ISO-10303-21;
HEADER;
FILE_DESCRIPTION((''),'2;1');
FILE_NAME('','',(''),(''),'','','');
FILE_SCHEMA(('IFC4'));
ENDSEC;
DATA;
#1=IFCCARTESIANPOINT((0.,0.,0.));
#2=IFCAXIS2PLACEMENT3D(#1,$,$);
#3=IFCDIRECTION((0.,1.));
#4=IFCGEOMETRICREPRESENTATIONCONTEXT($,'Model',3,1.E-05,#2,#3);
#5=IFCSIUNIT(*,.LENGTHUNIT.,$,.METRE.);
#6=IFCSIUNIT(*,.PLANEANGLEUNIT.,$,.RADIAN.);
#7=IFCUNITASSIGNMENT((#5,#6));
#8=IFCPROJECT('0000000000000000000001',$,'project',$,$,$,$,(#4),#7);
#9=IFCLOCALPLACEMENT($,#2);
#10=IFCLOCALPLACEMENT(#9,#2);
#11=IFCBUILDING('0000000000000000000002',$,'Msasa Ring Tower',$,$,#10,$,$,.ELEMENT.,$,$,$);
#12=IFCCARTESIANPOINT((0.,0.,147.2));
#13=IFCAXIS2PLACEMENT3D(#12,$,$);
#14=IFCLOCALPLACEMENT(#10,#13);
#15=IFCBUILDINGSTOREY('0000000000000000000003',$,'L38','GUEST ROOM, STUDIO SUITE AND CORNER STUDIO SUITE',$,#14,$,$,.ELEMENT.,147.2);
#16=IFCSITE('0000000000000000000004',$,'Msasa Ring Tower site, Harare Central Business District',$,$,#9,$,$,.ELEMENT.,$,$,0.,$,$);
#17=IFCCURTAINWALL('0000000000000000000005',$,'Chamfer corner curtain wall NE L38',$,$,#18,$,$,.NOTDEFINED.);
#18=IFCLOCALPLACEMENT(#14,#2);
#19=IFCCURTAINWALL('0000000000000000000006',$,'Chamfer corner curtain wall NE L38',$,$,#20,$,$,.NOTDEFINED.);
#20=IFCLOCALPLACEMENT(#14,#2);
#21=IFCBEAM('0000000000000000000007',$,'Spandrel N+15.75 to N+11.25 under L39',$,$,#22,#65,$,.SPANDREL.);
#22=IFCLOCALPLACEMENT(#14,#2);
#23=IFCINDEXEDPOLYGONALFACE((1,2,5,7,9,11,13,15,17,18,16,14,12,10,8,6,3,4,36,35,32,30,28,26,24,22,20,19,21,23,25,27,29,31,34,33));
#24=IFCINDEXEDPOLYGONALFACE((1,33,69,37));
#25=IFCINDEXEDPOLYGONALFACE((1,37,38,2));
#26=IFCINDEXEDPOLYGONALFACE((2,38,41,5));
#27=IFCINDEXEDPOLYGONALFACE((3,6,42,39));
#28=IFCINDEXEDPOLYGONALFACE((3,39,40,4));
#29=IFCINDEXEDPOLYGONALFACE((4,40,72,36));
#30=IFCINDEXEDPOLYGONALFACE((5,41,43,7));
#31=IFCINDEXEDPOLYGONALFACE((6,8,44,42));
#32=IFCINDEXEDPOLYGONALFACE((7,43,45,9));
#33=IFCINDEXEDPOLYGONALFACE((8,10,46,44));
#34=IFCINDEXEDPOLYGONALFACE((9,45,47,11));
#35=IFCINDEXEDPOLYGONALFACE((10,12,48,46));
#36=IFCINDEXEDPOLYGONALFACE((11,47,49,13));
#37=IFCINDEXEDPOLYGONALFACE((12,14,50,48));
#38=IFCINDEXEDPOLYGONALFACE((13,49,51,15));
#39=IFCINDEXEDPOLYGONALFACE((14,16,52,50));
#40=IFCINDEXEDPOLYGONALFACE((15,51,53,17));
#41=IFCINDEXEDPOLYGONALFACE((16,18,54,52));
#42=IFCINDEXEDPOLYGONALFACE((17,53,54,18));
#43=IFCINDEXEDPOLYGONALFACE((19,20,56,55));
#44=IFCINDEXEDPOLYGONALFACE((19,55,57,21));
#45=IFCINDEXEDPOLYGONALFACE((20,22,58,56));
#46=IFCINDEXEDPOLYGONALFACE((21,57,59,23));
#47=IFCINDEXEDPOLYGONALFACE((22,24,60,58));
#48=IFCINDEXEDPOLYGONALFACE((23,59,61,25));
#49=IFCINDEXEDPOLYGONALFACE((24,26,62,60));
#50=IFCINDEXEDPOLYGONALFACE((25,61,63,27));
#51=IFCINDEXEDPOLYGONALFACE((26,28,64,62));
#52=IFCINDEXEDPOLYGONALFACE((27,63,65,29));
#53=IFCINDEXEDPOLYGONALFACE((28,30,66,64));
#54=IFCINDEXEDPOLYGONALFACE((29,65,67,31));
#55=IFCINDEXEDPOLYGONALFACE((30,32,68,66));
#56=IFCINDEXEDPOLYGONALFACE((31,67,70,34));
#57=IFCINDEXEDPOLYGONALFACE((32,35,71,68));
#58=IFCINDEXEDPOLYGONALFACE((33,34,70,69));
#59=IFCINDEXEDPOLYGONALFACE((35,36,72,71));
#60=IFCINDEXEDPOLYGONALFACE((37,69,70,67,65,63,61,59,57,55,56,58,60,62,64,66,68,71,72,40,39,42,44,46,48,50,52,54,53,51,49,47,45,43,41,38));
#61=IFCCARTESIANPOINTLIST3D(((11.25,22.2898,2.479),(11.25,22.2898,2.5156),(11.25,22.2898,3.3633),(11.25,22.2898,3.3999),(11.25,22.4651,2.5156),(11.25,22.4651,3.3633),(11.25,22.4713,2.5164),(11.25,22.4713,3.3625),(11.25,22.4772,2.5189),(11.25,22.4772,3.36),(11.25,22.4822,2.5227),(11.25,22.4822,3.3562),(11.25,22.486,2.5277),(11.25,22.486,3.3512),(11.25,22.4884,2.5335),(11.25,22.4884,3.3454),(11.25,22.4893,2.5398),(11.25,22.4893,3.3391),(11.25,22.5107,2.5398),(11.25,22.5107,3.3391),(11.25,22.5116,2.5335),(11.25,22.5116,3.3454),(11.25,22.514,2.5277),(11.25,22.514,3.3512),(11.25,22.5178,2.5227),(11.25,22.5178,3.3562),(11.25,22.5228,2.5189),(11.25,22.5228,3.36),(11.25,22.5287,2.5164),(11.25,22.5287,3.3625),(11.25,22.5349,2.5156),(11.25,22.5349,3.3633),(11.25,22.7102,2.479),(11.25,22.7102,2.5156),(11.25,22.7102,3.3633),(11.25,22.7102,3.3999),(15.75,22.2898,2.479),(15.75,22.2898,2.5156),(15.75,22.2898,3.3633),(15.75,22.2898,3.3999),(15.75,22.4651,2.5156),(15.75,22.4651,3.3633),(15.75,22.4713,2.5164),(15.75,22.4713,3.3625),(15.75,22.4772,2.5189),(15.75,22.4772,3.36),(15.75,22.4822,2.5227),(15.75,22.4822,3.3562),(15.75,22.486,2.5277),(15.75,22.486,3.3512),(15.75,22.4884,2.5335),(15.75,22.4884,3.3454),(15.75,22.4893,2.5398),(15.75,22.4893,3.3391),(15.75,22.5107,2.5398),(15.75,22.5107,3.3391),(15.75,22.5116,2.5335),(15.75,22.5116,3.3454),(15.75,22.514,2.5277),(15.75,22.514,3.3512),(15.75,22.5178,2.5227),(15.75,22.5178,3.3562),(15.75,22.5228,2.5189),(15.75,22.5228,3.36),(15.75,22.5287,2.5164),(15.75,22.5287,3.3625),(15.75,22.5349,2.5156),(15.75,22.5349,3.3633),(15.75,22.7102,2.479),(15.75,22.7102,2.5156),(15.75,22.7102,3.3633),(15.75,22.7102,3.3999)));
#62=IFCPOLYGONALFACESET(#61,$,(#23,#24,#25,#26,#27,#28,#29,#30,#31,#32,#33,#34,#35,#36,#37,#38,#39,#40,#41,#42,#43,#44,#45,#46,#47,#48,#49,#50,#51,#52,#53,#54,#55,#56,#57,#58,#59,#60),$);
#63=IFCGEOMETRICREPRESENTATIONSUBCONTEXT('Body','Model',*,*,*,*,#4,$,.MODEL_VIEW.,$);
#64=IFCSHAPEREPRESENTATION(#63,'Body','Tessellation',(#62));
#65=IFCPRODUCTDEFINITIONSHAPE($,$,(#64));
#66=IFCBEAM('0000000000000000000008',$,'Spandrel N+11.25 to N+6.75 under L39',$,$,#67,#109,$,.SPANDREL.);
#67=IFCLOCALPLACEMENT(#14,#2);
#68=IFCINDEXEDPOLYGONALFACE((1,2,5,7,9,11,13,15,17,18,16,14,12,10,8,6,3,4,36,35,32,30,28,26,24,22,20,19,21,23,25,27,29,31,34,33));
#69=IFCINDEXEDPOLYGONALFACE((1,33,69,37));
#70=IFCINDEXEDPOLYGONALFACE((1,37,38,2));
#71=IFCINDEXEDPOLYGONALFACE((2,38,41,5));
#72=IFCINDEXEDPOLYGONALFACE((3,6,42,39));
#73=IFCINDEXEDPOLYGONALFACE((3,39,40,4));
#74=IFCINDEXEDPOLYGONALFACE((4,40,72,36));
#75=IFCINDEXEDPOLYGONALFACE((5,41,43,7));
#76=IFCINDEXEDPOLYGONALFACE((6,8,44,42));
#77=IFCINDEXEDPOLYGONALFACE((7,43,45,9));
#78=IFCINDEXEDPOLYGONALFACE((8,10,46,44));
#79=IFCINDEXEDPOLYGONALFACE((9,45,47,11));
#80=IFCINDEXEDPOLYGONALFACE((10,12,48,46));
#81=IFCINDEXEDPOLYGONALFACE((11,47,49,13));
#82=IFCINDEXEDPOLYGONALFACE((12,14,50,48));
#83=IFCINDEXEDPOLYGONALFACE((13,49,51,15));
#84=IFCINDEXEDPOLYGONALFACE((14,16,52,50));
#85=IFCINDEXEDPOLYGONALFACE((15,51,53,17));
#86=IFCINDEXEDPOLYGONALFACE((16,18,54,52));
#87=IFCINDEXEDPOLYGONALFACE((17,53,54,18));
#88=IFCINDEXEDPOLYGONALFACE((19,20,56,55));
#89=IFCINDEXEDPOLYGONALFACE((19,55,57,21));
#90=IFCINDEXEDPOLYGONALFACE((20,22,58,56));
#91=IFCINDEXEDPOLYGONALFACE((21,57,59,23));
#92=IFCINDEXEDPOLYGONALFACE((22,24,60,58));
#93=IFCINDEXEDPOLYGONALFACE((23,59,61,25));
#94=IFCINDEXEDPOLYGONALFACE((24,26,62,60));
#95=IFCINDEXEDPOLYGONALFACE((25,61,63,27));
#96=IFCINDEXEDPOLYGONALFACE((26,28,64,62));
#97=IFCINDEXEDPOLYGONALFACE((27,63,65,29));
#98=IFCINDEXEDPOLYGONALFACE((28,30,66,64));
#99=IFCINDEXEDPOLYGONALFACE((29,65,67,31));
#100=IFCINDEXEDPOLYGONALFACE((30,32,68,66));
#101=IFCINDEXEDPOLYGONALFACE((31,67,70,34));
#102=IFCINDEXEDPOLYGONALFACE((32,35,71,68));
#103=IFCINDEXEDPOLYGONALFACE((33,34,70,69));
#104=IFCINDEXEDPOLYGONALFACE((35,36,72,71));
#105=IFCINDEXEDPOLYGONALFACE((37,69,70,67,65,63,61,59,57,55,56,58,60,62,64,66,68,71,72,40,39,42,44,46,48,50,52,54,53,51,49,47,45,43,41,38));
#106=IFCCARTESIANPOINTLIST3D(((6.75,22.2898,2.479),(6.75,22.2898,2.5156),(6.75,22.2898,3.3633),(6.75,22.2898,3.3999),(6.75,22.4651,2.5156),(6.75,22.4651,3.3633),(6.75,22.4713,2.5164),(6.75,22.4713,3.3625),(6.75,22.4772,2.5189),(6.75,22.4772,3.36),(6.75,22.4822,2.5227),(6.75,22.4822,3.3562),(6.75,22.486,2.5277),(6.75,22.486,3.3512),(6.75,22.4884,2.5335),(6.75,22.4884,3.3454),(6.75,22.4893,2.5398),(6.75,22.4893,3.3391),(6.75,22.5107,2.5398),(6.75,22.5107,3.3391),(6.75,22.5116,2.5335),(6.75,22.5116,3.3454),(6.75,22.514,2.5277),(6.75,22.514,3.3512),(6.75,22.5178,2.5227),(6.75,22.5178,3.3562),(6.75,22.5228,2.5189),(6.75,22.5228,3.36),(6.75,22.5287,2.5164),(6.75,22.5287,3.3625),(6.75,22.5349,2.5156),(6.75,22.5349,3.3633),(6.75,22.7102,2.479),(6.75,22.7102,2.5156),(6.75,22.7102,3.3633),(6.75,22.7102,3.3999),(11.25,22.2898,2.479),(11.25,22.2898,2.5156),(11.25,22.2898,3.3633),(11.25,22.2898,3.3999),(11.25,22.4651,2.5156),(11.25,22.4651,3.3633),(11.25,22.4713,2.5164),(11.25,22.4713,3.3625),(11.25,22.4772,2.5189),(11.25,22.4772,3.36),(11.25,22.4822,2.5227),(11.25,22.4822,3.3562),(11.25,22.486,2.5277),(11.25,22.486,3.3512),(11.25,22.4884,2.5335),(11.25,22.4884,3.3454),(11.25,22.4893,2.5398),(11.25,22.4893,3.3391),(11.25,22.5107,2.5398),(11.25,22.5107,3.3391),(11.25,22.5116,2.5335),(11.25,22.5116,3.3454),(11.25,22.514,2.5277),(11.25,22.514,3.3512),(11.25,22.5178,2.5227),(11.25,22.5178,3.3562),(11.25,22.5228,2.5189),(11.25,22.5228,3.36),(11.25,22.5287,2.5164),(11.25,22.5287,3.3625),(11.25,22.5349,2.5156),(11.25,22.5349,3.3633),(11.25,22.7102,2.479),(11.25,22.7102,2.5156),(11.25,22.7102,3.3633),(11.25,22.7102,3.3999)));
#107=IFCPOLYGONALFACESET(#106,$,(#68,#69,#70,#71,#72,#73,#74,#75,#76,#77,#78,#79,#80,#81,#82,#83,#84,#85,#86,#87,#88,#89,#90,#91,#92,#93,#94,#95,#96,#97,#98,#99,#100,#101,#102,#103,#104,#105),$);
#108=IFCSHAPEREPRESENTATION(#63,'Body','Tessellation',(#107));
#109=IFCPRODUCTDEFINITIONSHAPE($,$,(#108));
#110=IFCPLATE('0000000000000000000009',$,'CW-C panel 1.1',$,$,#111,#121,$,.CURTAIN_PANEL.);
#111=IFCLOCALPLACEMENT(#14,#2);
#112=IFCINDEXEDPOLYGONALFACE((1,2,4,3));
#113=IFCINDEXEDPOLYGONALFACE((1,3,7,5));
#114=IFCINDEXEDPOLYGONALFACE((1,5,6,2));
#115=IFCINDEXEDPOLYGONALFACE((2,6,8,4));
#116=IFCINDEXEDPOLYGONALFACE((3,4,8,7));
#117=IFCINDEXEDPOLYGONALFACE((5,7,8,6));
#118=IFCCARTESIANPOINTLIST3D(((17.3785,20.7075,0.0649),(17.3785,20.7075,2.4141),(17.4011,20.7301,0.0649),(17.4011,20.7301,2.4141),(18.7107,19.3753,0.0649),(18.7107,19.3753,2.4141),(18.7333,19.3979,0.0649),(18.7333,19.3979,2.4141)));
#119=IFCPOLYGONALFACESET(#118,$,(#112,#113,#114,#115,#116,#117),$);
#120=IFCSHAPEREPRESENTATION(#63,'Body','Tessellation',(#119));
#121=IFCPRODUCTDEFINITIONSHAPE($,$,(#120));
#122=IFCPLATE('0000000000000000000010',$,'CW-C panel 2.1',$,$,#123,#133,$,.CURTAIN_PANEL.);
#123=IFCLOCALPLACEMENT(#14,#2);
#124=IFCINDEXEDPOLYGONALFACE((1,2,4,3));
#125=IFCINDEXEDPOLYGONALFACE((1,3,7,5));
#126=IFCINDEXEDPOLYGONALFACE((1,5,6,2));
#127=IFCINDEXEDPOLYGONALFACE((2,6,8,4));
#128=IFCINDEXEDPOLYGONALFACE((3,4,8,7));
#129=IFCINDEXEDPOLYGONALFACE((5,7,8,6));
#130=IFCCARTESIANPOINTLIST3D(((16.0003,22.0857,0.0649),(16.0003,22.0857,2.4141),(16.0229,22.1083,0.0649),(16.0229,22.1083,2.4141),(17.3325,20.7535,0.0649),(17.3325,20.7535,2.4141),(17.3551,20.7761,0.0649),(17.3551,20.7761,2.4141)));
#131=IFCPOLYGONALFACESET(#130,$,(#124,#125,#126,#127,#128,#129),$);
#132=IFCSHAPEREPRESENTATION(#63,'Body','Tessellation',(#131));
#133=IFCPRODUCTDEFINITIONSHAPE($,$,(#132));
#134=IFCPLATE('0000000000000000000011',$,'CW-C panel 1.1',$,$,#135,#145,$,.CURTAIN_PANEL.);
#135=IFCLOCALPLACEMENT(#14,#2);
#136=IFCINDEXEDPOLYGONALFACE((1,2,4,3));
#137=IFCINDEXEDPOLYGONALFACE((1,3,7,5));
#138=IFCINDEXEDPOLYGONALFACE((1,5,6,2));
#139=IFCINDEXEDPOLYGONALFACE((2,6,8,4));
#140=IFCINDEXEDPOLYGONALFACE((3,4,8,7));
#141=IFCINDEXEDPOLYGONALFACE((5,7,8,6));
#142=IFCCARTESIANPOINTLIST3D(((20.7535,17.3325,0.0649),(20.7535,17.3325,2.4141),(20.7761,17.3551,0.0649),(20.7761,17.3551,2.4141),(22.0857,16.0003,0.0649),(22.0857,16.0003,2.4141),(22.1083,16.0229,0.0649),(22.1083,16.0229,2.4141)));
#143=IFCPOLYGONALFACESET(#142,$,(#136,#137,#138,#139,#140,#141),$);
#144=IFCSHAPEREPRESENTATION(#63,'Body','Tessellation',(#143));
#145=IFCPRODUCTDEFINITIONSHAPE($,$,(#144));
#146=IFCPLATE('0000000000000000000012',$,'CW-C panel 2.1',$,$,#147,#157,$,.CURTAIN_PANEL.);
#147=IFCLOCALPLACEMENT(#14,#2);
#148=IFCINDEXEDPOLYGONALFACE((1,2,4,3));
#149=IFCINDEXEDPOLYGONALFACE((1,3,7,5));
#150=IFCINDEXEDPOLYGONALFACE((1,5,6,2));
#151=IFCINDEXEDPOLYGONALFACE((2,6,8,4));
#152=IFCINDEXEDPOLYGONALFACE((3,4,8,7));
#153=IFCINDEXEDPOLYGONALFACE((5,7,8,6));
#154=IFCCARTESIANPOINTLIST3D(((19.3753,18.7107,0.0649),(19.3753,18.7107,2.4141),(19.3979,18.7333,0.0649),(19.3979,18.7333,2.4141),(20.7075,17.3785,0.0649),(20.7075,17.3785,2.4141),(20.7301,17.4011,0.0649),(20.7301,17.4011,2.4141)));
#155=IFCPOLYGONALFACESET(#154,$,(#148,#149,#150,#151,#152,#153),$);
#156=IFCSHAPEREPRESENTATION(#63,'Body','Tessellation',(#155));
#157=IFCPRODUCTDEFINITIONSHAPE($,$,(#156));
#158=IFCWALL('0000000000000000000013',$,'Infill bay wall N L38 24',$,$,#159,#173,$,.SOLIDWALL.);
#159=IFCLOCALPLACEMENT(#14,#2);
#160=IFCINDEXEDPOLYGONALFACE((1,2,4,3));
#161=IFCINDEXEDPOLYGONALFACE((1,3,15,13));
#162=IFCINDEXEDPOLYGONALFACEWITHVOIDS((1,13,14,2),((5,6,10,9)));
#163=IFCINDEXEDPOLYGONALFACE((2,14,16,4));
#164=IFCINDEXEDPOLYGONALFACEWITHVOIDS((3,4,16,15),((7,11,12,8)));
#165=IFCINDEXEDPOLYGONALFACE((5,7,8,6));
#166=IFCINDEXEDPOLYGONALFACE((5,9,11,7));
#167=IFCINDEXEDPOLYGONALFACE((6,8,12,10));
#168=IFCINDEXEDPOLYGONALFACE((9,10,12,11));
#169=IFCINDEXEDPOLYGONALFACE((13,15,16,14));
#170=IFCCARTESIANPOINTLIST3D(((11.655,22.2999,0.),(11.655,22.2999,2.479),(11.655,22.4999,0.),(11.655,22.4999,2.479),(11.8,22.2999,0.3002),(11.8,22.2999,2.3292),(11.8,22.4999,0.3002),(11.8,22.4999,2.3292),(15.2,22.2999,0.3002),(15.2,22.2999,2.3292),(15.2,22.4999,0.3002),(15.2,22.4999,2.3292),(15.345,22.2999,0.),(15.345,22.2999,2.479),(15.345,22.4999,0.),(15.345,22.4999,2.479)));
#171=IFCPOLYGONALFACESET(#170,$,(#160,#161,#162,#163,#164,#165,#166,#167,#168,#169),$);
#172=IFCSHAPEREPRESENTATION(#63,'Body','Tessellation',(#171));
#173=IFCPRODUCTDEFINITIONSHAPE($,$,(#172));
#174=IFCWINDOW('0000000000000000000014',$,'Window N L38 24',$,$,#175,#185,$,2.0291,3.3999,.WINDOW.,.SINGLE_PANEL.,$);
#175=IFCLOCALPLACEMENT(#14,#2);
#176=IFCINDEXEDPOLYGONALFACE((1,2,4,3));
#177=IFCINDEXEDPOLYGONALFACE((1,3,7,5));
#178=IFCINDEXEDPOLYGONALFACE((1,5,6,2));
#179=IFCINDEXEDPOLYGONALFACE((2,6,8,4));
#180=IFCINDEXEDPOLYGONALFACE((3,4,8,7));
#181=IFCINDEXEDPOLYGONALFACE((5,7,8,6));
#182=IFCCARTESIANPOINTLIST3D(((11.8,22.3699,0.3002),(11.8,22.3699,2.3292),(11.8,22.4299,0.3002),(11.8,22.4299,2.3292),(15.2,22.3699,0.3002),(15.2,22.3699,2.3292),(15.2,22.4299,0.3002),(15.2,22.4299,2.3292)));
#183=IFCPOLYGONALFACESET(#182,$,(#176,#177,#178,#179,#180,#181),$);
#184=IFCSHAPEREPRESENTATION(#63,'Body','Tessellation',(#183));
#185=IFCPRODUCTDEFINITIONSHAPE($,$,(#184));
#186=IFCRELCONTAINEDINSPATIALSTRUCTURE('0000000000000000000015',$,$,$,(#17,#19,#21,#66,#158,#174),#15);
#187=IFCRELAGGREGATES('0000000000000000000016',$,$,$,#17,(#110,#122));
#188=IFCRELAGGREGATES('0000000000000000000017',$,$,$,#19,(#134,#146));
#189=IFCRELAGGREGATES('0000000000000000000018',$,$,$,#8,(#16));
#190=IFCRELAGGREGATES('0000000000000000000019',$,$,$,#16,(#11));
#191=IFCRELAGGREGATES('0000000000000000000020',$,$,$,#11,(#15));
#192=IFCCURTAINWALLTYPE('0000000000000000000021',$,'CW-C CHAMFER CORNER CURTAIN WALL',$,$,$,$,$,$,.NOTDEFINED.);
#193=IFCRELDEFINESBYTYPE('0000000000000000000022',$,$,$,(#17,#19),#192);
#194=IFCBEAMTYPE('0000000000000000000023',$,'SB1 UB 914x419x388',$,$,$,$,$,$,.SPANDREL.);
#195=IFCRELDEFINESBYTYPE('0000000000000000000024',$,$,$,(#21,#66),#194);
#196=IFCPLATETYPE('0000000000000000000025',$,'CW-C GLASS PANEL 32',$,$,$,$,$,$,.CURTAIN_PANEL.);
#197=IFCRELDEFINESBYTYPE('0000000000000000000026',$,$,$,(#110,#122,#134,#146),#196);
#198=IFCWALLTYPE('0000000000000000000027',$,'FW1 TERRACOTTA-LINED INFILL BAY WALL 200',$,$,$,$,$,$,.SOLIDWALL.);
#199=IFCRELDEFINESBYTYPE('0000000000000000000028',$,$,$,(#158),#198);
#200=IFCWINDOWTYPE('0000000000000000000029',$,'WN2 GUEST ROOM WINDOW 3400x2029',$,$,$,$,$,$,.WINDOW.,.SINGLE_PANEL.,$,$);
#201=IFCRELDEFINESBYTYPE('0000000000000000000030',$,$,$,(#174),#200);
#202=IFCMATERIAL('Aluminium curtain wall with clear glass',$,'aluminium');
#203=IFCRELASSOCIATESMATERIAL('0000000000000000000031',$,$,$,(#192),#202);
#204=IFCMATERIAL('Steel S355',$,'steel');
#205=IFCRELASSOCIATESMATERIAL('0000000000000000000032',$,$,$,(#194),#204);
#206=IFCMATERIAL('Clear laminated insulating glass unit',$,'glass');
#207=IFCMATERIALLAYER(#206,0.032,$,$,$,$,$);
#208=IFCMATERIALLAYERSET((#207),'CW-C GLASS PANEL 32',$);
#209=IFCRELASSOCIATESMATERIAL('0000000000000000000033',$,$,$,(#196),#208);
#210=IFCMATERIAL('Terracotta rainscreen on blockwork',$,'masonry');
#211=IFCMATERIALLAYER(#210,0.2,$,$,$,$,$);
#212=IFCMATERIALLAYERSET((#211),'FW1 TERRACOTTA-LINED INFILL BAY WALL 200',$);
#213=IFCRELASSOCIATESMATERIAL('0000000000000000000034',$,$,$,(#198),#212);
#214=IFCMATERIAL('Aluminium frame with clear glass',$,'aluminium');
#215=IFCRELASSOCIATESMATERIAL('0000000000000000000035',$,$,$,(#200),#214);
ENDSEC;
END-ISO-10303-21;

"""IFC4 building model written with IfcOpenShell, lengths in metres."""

from ifc_helpers import new_model, si_unit, direction, frame, frame_2d, origin, origin_2d, place, context, subcontext, project, spatial, rectangle, i_section, extrude, material, layer, layer_set, material_profile, profile_set, type_object, element, fill, aggregate, save


model = new_model("IFC4")

# Units and contexts
model_context = context("Model", 3, precision=1e-05, world=origin(), true_north=direction((0.0, 1.0)))
body_context = subcontext(model_context, "Body", "Model", "MODEL_VIEW")
ifc_project = project(units=[si_unit("LENGTHUNIT", "METRE"), si_unit("PLANEANGLEUNIT", "RADIAN")], contexts=[model_context])

# Site, building, storey
site_placement = place(None, origin())
site = spatial("IfcSite", under=ifc_project, at=site_placement, Name="Msasa Ring Tower site, Harare Central Business District", CompositionType="ELEMENT", RefElevation=0.0)
building_placement = place(site_placement, origin())
building = spatial("IfcBuilding", under=site, at=building_placement, Name="Msasa Ring Tower", CompositionType="ELEMENT")
storey_placement = place(building_placement, frame((0.0, 0.0, 147.2)))
storey = spatial("IfcBuildingStorey", under=building, at=storey_placement, Name="L38", Description="GUEST ROOM, STUDIO SUITE AND CORNER STUDIO SUITE", CompositionType="ELEMENT", Elevation=147.2)

# Curtain walls
ifc_material_1 = material(Name="Aluminium curtain wall with clear glass", Category="aluminium")
curtain_wall_type = type_object("IfcCurtainWallType", Name="CW-C CHAMFER CORNER CURTAIN WALL", PredefinedType="NOTDEFINED", material=ifc_material_1)
curtain_wall_1_placement = place(storey_placement, origin())
curtain_wall_1 = element("IfcCurtainWall", 1, at=curtain_wall_1_placement, inside=storey, type_object=curtain_wall_type, Name="Chamfer corner curtain wall NE L38", PredefinedType="NOTDEFINED")
curtain_wall_2_placement = place(storey_placement, origin())
curtain_wall_2 = element("IfcCurtainWall", 2, at=curtain_wall_2_placement, inside=storey, type_object=curtain_wall_type, Name="Chamfer corner curtain wall NE L38", PredefinedType="NOTDEFINED")

# Beams
ifc_material_2 = material(Name="Steel S355", Category="steel")
ifc_material_profile_1 = material_profile(ifc_material_2, i_section(OverallWidth=0.4204, OverallDepth=0.9209, WebThickness=0.0215, FlangeThickness=0.0366, FilletRadius=0.0242, at=origin_2d()), Name="UB 914x419x388")
ifc_profile_set_1 = profile_set([ifc_material_profile_1], Name="Steel S355")
beam_type_1 = type_object("IfcBeamType", Name="SB1 UB 914x419x388", PredefinedType="SPANDREL", material=ifc_profile_set_1)
for number, where, z_axis, x_axis, name in (
    (3, (15.75, 22.5, 2.9395), (-1.0, 0.0, 0.0), (0.0, -1.0, 0.0), "Spandrel N+15.75 to N+11.25 under L39"),
    (4, (11.25, 22.5, 2.9395), (-1.0, 0.0, 0.0), (0.0, -1.0, 0.0), "Spandrel N+11.25 to N+6.75 under L39"),
):
    element("IfcBeam", number, at=place(storey_placement, frame(where, z_axis=z_axis, x_axis=x_axis)), inside=storey, type_object=beam_type_1, Name=name, PredefinedType="SPANDREL", context=body_context, shape_type="SweptSolid", body=[
        extrude(i_section(OverallWidth=0.4204, OverallDepth=0.9209, WebThickness=0.0215, FlangeThickness=0.0366, FilletRadius=0.0242, at=origin_2d()), origin(), (0.0, 0.0, 1.0), 4.5),
    ])

# Plates
ifc_material_3 = material(Name="Clear laminated insulating glass unit", Category="glass")
ifc_layer_1 = layer(ifc_material_3, 0.032)
ifc_layer_set_1 = layer_set([ifc_layer_1], Name="CW-C GLASS PANEL 32")
plate_type = type_object("IfcPlateType", Name="CW-C GLASS PANEL 32", PredefinedType="CURTAIN_PANEL", material=ifc_layer_set_1)
plate_1_placement = place(storey_placement, frame((18.0559, 20.0527, 0.0649), z_axis=(0.0, 0.0, 1.0), x_axis=(-0.707107, 0.707107, 0.0)))
plate_1 = element("IfcPlate", 5, at=plate_1_placement, type_object=plate_type, Name="CW-C panel 1.1", PredefinedType="CURTAIN_PANEL", context=body_context, shape_type="SweptSolid", body=[
    extrude(rectangle(XDim=1.884, YDim=0.032, at=origin_2d()), origin(), (0.0, 0.0, 1.0), 2.3491),
])
plate_2_placement = place(storey_placement, frame((16.6777, 21.4309, 0.0649), z_axis=(0.0, 0.0, 1.0), x_axis=(-0.707107, 0.707107, 0.0)))
plate_2 = element("IfcPlate", 6, at=plate_2_placement, type_object=plate_type, Name="CW-C panel 2.1", PredefinedType="CURTAIN_PANEL", context=body_context, shape_type="SweptSolid", body=[
    extrude(rectangle(XDim=1.884, YDim=0.032, at=origin_2d()), origin(), (0.0, 0.0, 1.0), 2.3491),
])
aggregate(curtain_wall_1, [plate_1, plate_2])
plate_3_placement = place(storey_placement, frame((21.4309, 16.6777, 0.0649), z_axis=(0.0, 0.0, 1.0), x_axis=(-0.707107, 0.707107, 0.0)))
plate_3 = element("IfcPlate", 7, at=plate_3_placement, type_object=plate_type, Name="CW-C panel 1.1", PredefinedType="CURTAIN_PANEL", context=body_context, shape_type="SweptSolid", body=[
    extrude(rectangle(XDim=1.884, YDim=0.032, at=origin_2d()), origin(), (0.0, 0.0, 1.0), 2.3491),
])
plate_4_placement = place(storey_placement, frame((20.0527, 18.0559, 0.0649), z_axis=(0.0, 0.0, 1.0), x_axis=(-0.707107, 0.707107, 0.0)))
plate_4 = element("IfcPlate", 8, at=plate_4_placement, type_object=plate_type, Name="CW-C panel 2.1", PredefinedType="CURTAIN_PANEL", context=body_context, shape_type="SweptSolid", body=[
    extrude(rectangle(XDim=1.884, YDim=0.032, at=origin_2d()), origin(), (0.0, 0.0, 1.0), 2.3491),
])
aggregate(curtain_wall_2, [plate_3, plate_4])

# Wall, opening, window
ifc_material_4 = material(Name="Terracotta rainscreen on blockwork", Category="masonry")
ifc_layer_2 = layer(ifc_material_4, 0.2)
ifc_layer_set_2 = layer_set([ifc_layer_2], Name="FW1 TERRACOTTA-LINED INFILL BAY WALL 200")
wall_type = type_object("IfcWallType", Name="FW1 TERRACOTTA-LINED INFILL BAY WALL 200", PredefinedType="SOLIDWALL", material=ifc_layer_set_2)
wall_placement = place(storey_placement, frame((11.655, 22.3999, 0.0), z_axis=(0.0, 0.0, 1.0), x_axis=(1.0, 0.0, 0.0)))
wall = element("IfcWall", 9, at=wall_placement, inside=storey, type_object=wall_type, Name="Infill bay wall N L38 24", PredefinedType="SOLIDWALL", context=body_context, shape_type="SweptSolid", body=[
    extrude(rectangle(XDim=3.6899, YDim=0.2, at=frame_2d((1.845, 0.0))), origin(), (0.0, 0.0, 1.0), 2.479),
])
opening_placement = place(wall_placement, frame((0.145, 0.0, 0.3)))
opening = element("IfcOpeningElement", 10, at=opening_placement, cuts=wall, PredefinedType="OPENING", context=body_context, shape_type="SweptSolid", body=[
    extrude(rectangle(XDim=3.3999, YDim=2.0291, at=frame_2d((1.7, 1.0146))), frame((0.0, 0.1099, 0.0), z_axis=(0.0, -1.0, 0.0), x_axis=(1.0, 0.0, 0.0)), (0.0, 0.0, 1.0), 0.22),
])
ifc_material_5 = material(Name="Aluminium frame with clear glass", Category="aluminium")
window_type = type_object("IfcWindowType", Name="WN2 GUEST ROOM WINDOW 3400x2029", PartitioningType="SINGLE_PANEL", PredefinedType="WINDOW", material=ifc_material_5)
window_placement = place(opening_placement, origin())
window = element("IfcWindow", 11, at=window_placement, inside=storey, type_object=window_type, Name="Window N L38 24", OverallHeight=2.0291, OverallWidth=3.3999, PartitioningType="SINGLE_PANEL", PredefinedType="WINDOW", context=body_context, shape_type="SweptSolid", body=[
    extrude(rectangle(XDim=3.3999, YDim=2.0291, at=frame_2d((1.7, 1.0146))), frame((0.0, 0.03, 0.0), z_axis=(0.0, -1.0, 0.0), x_axis=(1.0, 0.0, 0.0)), (0.0, 0.0, 1.0), 0.0601),
])
fill(opening, window)

save(model, "model.ifc")
